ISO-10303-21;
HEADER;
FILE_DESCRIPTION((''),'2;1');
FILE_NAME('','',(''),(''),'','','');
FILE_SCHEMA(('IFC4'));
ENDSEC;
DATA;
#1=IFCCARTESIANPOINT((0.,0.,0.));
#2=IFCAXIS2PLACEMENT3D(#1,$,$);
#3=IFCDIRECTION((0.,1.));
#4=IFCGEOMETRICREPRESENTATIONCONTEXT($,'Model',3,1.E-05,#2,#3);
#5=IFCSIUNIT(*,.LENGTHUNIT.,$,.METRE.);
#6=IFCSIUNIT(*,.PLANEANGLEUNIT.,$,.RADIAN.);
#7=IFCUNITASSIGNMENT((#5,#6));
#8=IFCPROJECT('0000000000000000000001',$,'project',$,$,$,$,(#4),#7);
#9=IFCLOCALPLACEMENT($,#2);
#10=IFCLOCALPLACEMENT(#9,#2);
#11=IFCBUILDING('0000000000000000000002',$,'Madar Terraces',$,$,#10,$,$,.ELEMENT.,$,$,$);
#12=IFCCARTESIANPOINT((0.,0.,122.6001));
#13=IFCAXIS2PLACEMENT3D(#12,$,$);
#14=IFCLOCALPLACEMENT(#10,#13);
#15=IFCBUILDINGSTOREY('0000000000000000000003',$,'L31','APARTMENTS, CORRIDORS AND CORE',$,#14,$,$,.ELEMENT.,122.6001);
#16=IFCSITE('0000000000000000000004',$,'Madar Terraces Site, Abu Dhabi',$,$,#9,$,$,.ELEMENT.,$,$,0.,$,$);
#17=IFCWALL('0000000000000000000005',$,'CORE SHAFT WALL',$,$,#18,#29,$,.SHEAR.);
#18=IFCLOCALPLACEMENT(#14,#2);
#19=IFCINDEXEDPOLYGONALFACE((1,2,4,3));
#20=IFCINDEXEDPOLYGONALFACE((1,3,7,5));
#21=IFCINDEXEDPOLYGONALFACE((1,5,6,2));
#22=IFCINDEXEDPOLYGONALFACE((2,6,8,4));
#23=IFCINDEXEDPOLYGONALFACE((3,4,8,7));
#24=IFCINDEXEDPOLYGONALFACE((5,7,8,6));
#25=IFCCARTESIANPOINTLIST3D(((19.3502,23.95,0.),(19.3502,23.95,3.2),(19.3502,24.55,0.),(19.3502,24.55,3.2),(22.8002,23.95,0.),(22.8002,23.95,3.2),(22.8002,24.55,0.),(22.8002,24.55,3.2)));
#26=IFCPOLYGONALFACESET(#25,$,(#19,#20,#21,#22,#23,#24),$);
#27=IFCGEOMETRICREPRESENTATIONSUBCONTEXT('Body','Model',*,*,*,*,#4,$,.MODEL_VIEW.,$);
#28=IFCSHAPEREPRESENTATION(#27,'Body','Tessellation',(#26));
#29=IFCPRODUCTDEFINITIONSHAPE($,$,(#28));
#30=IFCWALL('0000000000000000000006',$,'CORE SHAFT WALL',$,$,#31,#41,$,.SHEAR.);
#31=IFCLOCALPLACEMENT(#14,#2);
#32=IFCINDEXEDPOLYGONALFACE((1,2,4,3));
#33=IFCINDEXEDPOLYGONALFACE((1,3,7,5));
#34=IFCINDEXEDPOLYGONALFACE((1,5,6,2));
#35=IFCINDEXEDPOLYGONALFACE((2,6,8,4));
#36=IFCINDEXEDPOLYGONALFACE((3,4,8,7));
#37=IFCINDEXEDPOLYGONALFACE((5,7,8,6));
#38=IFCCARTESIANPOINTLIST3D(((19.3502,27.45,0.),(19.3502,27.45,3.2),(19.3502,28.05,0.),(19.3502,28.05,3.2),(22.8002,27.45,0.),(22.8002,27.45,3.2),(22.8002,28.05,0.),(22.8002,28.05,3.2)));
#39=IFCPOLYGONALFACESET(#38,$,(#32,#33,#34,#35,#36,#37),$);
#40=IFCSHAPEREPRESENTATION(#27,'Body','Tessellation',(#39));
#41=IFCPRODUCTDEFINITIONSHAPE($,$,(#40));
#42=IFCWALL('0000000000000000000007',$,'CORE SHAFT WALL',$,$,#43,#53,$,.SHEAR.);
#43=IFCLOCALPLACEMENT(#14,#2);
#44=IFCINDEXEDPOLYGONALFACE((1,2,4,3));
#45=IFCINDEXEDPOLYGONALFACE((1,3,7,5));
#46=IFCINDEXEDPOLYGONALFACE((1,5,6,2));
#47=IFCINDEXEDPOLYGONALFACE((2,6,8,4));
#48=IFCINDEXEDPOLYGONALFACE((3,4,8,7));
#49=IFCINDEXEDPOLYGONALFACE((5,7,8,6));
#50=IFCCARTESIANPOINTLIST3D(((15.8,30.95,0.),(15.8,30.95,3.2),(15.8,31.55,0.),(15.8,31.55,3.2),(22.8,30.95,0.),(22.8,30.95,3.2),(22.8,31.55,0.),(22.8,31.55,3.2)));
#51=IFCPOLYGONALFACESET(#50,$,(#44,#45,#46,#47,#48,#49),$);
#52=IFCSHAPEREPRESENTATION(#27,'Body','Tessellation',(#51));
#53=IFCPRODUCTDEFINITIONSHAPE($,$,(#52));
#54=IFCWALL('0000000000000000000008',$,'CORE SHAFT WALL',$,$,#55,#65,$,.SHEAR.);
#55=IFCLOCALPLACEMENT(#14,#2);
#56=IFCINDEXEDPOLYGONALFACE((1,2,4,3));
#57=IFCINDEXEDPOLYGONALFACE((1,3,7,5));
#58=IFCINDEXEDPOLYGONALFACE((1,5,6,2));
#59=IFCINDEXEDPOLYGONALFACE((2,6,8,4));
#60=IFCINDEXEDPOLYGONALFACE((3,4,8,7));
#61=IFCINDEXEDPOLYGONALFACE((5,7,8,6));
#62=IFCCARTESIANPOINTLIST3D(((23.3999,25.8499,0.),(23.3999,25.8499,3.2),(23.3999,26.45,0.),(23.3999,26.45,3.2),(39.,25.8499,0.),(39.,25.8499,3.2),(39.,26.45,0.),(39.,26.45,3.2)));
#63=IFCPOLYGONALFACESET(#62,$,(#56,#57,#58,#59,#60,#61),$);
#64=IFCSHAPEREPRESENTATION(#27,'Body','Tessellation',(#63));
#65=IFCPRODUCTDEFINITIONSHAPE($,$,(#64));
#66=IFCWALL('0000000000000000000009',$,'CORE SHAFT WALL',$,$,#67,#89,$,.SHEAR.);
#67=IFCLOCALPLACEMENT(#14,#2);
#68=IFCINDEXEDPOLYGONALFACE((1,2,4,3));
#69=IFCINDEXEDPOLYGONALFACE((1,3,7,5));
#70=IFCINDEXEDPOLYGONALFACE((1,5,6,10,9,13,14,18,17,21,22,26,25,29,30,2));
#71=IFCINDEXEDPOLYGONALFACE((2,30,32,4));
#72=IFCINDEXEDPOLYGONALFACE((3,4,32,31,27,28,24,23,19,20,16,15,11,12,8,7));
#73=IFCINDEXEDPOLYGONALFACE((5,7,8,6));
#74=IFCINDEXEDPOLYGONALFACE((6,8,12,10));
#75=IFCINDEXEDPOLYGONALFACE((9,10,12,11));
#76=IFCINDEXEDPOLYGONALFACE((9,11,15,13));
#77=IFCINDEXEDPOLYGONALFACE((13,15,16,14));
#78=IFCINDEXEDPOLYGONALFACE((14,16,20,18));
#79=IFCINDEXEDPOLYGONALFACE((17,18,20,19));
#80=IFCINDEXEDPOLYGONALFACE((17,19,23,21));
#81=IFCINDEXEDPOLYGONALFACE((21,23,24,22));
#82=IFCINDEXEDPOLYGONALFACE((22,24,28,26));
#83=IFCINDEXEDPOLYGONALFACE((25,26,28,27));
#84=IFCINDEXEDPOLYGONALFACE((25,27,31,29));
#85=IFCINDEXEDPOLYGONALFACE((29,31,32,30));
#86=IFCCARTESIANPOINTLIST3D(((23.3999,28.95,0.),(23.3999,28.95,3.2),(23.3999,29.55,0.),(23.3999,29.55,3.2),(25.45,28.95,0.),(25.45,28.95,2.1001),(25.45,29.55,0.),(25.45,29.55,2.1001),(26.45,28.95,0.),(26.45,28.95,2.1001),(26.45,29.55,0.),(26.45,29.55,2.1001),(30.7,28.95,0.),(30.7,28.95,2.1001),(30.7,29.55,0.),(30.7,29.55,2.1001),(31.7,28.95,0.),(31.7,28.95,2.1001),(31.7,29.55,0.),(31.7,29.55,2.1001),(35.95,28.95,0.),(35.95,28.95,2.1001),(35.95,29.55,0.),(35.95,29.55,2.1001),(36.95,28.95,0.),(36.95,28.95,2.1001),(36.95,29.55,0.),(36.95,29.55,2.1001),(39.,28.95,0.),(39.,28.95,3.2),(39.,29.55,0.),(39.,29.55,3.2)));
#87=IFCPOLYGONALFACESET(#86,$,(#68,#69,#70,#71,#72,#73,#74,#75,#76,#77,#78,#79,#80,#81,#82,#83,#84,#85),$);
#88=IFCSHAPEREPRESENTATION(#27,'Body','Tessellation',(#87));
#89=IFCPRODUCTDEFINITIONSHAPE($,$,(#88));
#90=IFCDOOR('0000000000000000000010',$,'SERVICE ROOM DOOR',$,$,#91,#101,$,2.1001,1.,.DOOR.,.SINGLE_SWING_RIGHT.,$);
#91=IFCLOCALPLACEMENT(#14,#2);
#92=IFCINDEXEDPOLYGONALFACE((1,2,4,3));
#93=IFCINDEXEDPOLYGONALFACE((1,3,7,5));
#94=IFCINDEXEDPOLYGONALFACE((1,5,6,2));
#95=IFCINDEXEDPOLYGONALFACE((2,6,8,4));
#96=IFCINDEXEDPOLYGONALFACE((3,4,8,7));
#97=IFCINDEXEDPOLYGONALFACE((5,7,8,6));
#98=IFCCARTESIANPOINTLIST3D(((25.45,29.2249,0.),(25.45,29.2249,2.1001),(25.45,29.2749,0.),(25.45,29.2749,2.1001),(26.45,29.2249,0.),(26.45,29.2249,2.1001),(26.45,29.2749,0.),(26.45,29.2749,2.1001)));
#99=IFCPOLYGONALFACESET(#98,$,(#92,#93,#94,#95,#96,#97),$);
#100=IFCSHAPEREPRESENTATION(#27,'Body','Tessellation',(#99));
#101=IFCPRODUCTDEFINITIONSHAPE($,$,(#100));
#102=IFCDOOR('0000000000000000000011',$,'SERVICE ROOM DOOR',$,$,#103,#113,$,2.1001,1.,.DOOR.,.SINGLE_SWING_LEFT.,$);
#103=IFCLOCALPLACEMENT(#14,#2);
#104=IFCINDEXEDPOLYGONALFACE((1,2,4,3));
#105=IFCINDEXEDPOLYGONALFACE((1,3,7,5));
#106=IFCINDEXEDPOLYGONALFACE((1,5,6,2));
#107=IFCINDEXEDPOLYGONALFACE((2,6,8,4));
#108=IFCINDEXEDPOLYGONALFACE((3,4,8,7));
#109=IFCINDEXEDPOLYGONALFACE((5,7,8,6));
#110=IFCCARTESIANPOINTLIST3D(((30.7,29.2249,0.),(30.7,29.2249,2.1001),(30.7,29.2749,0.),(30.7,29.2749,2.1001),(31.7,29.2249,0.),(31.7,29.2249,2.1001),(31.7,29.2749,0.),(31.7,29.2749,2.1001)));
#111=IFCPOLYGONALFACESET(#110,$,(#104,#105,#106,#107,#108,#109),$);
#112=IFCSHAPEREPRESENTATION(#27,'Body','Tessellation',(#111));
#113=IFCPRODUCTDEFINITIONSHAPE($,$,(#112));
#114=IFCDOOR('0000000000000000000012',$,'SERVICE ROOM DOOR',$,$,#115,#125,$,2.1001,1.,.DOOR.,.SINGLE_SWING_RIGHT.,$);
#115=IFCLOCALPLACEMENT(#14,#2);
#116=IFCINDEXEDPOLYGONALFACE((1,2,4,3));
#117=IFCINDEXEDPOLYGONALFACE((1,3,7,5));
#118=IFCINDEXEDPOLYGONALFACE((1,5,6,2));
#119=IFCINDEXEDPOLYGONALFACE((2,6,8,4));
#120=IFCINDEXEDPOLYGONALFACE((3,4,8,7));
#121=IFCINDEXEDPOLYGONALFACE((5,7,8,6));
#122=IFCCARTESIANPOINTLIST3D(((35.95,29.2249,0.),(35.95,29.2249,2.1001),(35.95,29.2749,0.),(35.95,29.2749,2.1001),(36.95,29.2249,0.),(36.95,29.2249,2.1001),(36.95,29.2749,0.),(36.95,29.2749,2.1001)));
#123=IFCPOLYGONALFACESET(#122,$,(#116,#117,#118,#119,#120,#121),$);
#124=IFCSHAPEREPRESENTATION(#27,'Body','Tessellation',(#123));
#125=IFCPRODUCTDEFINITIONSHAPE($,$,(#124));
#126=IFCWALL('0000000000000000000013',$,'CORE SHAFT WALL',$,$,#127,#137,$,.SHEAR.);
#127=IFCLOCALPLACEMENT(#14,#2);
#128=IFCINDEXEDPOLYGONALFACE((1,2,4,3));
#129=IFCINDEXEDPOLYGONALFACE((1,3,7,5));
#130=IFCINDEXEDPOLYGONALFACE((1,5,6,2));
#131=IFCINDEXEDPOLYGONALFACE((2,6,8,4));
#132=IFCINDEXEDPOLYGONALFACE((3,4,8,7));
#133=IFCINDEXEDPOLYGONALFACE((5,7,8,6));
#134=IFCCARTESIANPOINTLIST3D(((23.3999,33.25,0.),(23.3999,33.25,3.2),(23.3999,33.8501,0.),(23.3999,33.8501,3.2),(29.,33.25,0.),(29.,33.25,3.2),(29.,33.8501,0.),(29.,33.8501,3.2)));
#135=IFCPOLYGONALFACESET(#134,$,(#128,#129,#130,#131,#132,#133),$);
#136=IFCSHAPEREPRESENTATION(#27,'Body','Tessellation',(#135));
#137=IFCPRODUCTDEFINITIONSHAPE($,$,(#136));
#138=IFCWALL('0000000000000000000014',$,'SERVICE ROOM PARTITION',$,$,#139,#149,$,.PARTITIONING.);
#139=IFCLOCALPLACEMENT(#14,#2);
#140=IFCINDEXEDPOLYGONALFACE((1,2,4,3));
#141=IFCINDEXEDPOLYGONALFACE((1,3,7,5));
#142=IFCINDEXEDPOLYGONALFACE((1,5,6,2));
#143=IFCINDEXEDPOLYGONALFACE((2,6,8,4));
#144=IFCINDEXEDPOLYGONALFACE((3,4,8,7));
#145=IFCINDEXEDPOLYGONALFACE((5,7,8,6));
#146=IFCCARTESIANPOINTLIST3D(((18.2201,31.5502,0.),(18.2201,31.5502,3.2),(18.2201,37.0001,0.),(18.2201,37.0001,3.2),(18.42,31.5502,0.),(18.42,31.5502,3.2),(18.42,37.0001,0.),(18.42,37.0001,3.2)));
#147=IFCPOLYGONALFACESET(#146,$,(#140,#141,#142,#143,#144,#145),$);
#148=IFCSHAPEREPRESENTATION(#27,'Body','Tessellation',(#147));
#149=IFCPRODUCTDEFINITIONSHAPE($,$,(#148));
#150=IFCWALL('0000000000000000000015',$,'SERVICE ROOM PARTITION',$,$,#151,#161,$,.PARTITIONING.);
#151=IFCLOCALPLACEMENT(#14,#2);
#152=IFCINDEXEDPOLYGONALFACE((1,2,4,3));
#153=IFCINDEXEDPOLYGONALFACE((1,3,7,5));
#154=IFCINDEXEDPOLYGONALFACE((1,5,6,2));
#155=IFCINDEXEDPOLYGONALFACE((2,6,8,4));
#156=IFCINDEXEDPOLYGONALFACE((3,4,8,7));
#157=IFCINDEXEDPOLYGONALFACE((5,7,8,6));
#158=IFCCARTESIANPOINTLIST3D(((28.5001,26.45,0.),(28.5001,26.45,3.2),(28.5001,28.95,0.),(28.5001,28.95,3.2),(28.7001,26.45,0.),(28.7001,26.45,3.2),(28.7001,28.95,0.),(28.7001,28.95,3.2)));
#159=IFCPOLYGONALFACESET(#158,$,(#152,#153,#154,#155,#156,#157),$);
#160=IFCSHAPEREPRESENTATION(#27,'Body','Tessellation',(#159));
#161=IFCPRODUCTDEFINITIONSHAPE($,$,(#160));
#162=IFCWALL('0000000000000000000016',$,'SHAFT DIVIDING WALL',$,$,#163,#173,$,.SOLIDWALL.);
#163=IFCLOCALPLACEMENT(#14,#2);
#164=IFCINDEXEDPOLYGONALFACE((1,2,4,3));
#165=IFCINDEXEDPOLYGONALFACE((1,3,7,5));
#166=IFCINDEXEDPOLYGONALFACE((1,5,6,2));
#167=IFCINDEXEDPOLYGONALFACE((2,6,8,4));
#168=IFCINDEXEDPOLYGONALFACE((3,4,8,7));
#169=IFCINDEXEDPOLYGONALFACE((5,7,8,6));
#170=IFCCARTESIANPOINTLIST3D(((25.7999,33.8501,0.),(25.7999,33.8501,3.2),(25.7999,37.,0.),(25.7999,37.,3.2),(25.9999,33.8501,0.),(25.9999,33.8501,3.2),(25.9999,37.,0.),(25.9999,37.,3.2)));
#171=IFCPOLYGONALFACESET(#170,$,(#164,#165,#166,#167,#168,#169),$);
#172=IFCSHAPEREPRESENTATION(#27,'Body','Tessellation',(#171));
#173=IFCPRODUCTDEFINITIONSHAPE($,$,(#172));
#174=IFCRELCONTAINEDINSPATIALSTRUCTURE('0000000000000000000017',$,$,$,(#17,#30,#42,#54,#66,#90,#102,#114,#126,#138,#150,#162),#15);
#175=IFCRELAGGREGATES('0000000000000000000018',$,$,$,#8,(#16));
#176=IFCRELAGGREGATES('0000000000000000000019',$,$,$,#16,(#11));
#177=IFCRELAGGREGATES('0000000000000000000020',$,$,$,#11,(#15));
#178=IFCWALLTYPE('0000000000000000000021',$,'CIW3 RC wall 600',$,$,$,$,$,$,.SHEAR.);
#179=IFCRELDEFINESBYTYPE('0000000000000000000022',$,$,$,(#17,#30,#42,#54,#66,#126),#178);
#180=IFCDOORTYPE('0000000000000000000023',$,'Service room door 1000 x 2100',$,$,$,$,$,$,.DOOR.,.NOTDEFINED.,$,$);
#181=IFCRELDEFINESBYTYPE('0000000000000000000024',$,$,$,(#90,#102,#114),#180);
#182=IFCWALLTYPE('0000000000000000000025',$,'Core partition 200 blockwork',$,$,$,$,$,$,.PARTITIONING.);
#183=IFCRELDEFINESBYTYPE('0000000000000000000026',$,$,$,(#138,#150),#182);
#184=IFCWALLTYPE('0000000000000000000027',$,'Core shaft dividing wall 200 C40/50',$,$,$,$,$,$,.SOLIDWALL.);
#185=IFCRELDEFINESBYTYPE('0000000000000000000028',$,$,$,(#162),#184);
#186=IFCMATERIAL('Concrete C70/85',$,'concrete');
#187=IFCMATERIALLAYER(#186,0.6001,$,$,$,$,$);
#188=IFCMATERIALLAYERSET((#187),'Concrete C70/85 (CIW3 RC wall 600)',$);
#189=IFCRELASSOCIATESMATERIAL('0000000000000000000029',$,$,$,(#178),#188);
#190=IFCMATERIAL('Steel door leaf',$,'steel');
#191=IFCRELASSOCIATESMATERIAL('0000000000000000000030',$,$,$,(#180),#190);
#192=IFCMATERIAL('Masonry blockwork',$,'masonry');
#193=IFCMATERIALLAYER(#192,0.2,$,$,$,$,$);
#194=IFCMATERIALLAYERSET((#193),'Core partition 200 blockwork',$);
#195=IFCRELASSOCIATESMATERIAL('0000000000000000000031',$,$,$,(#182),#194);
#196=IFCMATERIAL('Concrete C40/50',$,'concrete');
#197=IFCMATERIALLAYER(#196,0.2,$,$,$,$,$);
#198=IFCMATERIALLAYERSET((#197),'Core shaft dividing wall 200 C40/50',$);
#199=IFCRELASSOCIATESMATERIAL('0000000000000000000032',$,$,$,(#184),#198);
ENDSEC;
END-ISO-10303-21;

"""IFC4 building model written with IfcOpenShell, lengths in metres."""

from ifc_helpers import new_model, si_unit, direction, frame, frame_2d, origin, place, context, subcontext, project, spatial, rectangle, extrude, material, layer, layer_set, type_object, element, fill, save


model = new_model("IFC4")

# Units and contexts
model_context = context("Model", 3, precision=1e-05, world=origin(), true_north=direction((0.0, 1.0)))
body_context = subcontext(model_context, "Body", "Model", "MODEL_VIEW")
ifc_project = project(units=[si_unit("LENGTHUNIT", "METRE"), si_unit("PLANEANGLEUNIT", "RADIAN")], contexts=[model_context])

# Site, building, storey
site_placement = place(None, origin())
site = spatial("IfcSite", under=ifc_project, at=site_placement, Name="Madar Terraces Site, Abu Dhabi", CompositionType="ELEMENT", RefElevation=0.0)
building_placement = place(site_placement, origin())
building = spatial("IfcBuilding", under=site, at=building_placement, Name="Madar Terraces", CompositionType="ELEMENT")
storey_placement = place(building_placement, frame((0.0, 0.0, 122.6001)))
storey = spatial("IfcBuildingStorey", under=building, at=storey_placement, Name="L31", Description="APARTMENTS, CORRIDORS AND CORE", CompositionType="ELEMENT", Elevation=122.6001)

# Walls
ifc_material_1 = material(Name="Concrete C70/85", Category="concrete")
ifc_layer_1 = layer(ifc_material_1, 0.6001)
ifc_layer_set_1 = layer_set([ifc_layer_1], Name="Concrete C70/85 (CIW3 RC wall 600)")
wall_type_1 = type_object("IfcWallType", Name="CIW3 RC wall 600", PredefinedType="SHEAR", material=ifc_layer_set_1)
for number, where, z_axis, x_axis, name in (
    (1, (19.3501, 24.25, 0.0), (0.0, 0.0, 1.0), (1.0, 0.0, 0.0), "CORE SHAFT WALL"),
    (2, (19.3501, 27.75, 0.0), (0.0, 0.0, 1.0), (1.0, 0.0, 0.0), "CORE SHAFT WALL"),
):
    element("IfcWall", number, at=place(storey_placement, frame(where, z_axis=z_axis, x_axis=x_axis)), inside=storey, type_object=wall_type_1, Name=name, PredefinedType="SHEAR", context=body_context, shape_type="SweptSolid", body=[
        extrude(rectangle(XDim=3.45, YDim=0.6001, at=frame_2d((1.7251, 0.0))), origin(), (0.0, 0.0, 1.0), 3.2),
    ])
wall_1_placement = place(storey_placement, frame((15.8, 31.25, 0.0), z_axis=(0.0, 0.0, 1.0), x_axis=(1.0, 0.0, 0.0)))
element("IfcWall", 3, at=wall_1_placement, inside=storey, type_object=wall_type_1, Name="CORE SHAFT WALL", PredefinedType="SHEAR", context=body_context, shape_type="SweptSolid", body=[
    extrude(rectangle(XDim=7.0, YDim=0.6001, at=frame_2d((3.5, 0.0))), origin(), (0.0, 0.0, 1.0), 3.2),
])
wall_2_placement = place(storey_placement, frame((23.3999, 26.1499, 0.0), z_axis=(0.0, 0.0, 1.0), x_axis=(1.0, 0.0, 0.0)))
element("IfcWall", 4, at=wall_2_placement, inside=storey, type_object=wall_type_1, Name="CORE SHAFT WALL", PredefinedType="SHEAR", context=body_context, shape_type="SweptSolid", body=[
    extrude(rectangle(XDim=15.6001, YDim=0.6001, at=frame_2d((7.8, 0.0))), origin(), (0.0, 0.0, 1.0), 3.2),
])

# Wall, openings, doors
wall_3_placement = place(storey_placement, frame((23.3999, 29.25, 0.0), z_axis=(0.0, 0.0, 1.0), x_axis=(1.0, 0.0, 0.0)))
wall_3 = element("IfcWall", 5, at=wall_3_placement, inside=storey, type_object=wall_type_1, Name="CORE SHAFT WALL", PredefinedType="SHEAR", context=body_context, shape_type="SweptSolid", body=[
    extrude(rectangle(XDim=15.6001, YDim=0.6001, at=frame_2d((7.8, 0.0))), origin(), (0.0, 0.0, 1.0), 3.2),
])
opening_1_placement = place(wall_3_placement, frame((2.05, 0.0, 0.0)))
opening_1 = element("IfcOpeningElement", 6, at=opening_1_placement, cuts=wall_3, PredefinedType="OPENING", context=body_context, shape_type="SweptSolid", body=[
    extrude(rectangle(XDim=1.0, YDim=2.1001, at=frame_2d((0.5, 1.05))), frame((0.0, 0.3101, 0.0), z_axis=(0.0, -1.0, 0.0), x_axis=(1.0, 0.0, 0.0)), (0.0, 0.0, 1.0), 0.6201),
])
opening_2_placement = place(wall_3_placement, frame((7.3, 0.0, 0.0)))
opening_2 = element("IfcOpeningElement", 7, at=opening_2_placement, cuts=wall_3, PredefinedType="OPENING", context=body_context, shape_type="SweptSolid", body=[
    extrude(rectangle(XDim=1.0, YDim=2.1001, at=frame_2d((0.5, 1.05))), frame((0.0, 0.3101, 0.0), z_axis=(0.0, -1.0, 0.0), x_axis=(1.0, 0.0, 0.0)), (0.0, 0.0, 1.0), 0.6201),
])
opening_3_placement = place(wall_3_placement, frame((12.55, 0.0, 0.0)))
opening_3 = element("IfcOpeningElement", 8, at=opening_3_placement, cuts=wall_3, PredefinedType="OPENING", context=body_context, shape_type="SweptSolid", body=[
    extrude(rectangle(XDim=1.0, YDim=2.1001, at=frame_2d((0.5, 1.05))), frame((0.0, 0.3101, 0.0), z_axis=(0.0, -1.0, 0.0), x_axis=(1.0, 0.0, 0.0)), (0.0, 0.0, 1.0), 0.6201),
])
ifc_material_2 = material(Name="Steel door leaf", Category="steel")
door_type = type_object("IfcDoorType", Name="Service room door 1000 x 2100", OperationType="NOTDEFINED", PredefinedType="DOOR", material=ifc_material_2)
door_1_placement = place(opening_1_placement, origin())
door_1 = element("IfcDoor", 9, at=door_1_placement, inside=storey, type_object=door_type, Name="SERVICE ROOM DOOR", OperationType="SINGLE_SWING_RIGHT", OverallHeight=2.1001, OverallWidth=1.0, PredefinedType="DOOR", context=body_context, shape_type="SweptSolid", body=[
    extrude(rectangle(XDim=1.0, YDim=2.1001, at=frame_2d((0.5, 1.05))), frame((0.0, 0.0249, 0.0), z_axis=(0.0, -1.0, 0.0), x_axis=(1.0, 0.0, 0.0)), (0.0, 0.0, 1.0), 0.05),
])
fill(opening_1, door_1)
door_2_placement = place(opening_2_placement, origin())
door_2 = element("IfcDoor", 10, at=door_2_placement, inside=storey, type_object=door_type, Name="SERVICE ROOM DOOR", OperationType="SINGLE_SWING_LEFT", OverallHeight=2.1001, OverallWidth=1.0, PredefinedType="DOOR", context=body_context, shape_type="SweptSolid", body=[
    extrude(rectangle(XDim=1.0, YDim=2.1001, at=frame_2d((0.5, 1.05))), frame((0.0, 0.0249, 0.0), z_axis=(0.0, -1.0, 0.0), x_axis=(1.0, 0.0, 0.0)), (0.0, 0.0, 1.0), 0.05),
])
fill(opening_2, door_2)
door_3_placement = place(opening_3_placement, origin())
door_3 = element("IfcDoor", 11, at=door_3_placement, inside=storey, type_object=door_type, Name="SERVICE ROOM DOOR", OperationType="SINGLE_SWING_RIGHT", OverallHeight=2.1001, OverallWidth=1.0, PredefinedType="DOOR", context=body_context, shape_type="SweptSolid", body=[
    extrude(rectangle(XDim=1.0, YDim=2.1001, at=frame_2d((0.5, 1.05))), frame((0.0, 0.0249, 0.0), z_axis=(0.0, -1.0, 0.0), x_axis=(1.0, 0.0, 0.0)), (0.0, 0.0, 1.0), 0.05),
])
fill(opening_3, door_3)

# Walls
wall_4_placement = place(storey_placement, frame((23.3999, 33.55, 0.0), z_axis=(0.0, 0.0, 1.0), x_axis=(1.0, 0.0, 0.0)))
element("IfcWall", 12, at=wall_4_placement, inside=storey, type_object=wall_type_1, Name="CORE SHAFT WALL", PredefinedType="SHEAR", context=body_context, shape_type="SweptSolid", body=[
    extrude(rectangle(XDim=5.6001, YDim=0.6001, at=frame_2d((2.8, 0.0))), origin(), (0.0, 0.0, 1.0), 3.2),
])
ifc_material_3 = material(Name="Masonry blockwork", Category="masonry")
ifc_layer_2 = layer(ifc_material_3, 0.2)
ifc_layer_set_2 = layer_set([ifc_layer_2], Name="Core partition 200 blockwork")
wall_type_2 = type_object("IfcWallType", Name="Core partition 200 blockwork", PredefinedType="PARTITIONING", material=ifc_layer_set_2)
wall_5_placement = place(storey_placement, frame((18.3201, 31.55, 0.0), z_axis=(0.0, 0.0, 1.0), x_axis=(0.0, 1.0, 0.0)))
element("IfcWall", 13, at=wall_5_placement, inside=storey, type_object=wall_type_2, Name="SERVICE ROOM PARTITION", PredefinedType="PARTITIONING", context=body_context, shape_type="SweptSolid", body=[
    extrude(rectangle(XDim=5.45, YDim=0.2, at=frame_2d((2.7251, 0.0))), origin(), (0.0, 0.0, 1.0), 3.2),
])
wall_6_placement = place(storey_placement, frame((28.6001, 26.45, 0.0), z_axis=(0.0, 0.0, 1.0), x_axis=(0.0, 1.0, 0.0)))
element("IfcWall", 14, at=wall_6_placement, inside=storey, type_object=wall_type_2, Name="SERVICE ROOM PARTITION", PredefinedType="PARTITIONING", context=body_context, shape_type="SweptSolid", body=[
    extrude(rectangle(XDim=2.5, YDim=0.2, at=frame_2d((1.25, 0.0))), origin(), (0.0, 0.0, 1.0), 3.2),
])
ifc_material_4 = material(Name="Concrete C40/50", Category="concrete")
ifc_layer_3 = layer(ifc_material_4, 0.2)
ifc_layer_set_3 = layer_set([ifc_layer_3], Name="Core shaft dividing wall 200 C40/50")
wall_type_3 = type_object("IfcWallType", Name="Core shaft dividing wall 200 C40/50", PredefinedType="SOLIDWALL", material=ifc_layer_set_3)
wall_7_placement = place(storey_placement, frame((25.8999, 33.8501, 0.0), z_axis=(0.0, 0.0, 1.0), x_axis=(0.0, 1.0, 0.0)))
element("IfcWall", 15, at=wall_7_placement, inside=storey, type_object=wall_type_3, Name="SHAFT DIVIDING WALL", PredefinedType="SOLIDWALL", context=body_context, shape_type="SweptSolid", body=[
    extrude(rectangle(XDim=3.1499, YDim=0.2, at=frame_2d((1.575, 0.0))), origin(), (0.0, 0.0, 1.0), 3.2),
])

save(model, "model.ifc")
